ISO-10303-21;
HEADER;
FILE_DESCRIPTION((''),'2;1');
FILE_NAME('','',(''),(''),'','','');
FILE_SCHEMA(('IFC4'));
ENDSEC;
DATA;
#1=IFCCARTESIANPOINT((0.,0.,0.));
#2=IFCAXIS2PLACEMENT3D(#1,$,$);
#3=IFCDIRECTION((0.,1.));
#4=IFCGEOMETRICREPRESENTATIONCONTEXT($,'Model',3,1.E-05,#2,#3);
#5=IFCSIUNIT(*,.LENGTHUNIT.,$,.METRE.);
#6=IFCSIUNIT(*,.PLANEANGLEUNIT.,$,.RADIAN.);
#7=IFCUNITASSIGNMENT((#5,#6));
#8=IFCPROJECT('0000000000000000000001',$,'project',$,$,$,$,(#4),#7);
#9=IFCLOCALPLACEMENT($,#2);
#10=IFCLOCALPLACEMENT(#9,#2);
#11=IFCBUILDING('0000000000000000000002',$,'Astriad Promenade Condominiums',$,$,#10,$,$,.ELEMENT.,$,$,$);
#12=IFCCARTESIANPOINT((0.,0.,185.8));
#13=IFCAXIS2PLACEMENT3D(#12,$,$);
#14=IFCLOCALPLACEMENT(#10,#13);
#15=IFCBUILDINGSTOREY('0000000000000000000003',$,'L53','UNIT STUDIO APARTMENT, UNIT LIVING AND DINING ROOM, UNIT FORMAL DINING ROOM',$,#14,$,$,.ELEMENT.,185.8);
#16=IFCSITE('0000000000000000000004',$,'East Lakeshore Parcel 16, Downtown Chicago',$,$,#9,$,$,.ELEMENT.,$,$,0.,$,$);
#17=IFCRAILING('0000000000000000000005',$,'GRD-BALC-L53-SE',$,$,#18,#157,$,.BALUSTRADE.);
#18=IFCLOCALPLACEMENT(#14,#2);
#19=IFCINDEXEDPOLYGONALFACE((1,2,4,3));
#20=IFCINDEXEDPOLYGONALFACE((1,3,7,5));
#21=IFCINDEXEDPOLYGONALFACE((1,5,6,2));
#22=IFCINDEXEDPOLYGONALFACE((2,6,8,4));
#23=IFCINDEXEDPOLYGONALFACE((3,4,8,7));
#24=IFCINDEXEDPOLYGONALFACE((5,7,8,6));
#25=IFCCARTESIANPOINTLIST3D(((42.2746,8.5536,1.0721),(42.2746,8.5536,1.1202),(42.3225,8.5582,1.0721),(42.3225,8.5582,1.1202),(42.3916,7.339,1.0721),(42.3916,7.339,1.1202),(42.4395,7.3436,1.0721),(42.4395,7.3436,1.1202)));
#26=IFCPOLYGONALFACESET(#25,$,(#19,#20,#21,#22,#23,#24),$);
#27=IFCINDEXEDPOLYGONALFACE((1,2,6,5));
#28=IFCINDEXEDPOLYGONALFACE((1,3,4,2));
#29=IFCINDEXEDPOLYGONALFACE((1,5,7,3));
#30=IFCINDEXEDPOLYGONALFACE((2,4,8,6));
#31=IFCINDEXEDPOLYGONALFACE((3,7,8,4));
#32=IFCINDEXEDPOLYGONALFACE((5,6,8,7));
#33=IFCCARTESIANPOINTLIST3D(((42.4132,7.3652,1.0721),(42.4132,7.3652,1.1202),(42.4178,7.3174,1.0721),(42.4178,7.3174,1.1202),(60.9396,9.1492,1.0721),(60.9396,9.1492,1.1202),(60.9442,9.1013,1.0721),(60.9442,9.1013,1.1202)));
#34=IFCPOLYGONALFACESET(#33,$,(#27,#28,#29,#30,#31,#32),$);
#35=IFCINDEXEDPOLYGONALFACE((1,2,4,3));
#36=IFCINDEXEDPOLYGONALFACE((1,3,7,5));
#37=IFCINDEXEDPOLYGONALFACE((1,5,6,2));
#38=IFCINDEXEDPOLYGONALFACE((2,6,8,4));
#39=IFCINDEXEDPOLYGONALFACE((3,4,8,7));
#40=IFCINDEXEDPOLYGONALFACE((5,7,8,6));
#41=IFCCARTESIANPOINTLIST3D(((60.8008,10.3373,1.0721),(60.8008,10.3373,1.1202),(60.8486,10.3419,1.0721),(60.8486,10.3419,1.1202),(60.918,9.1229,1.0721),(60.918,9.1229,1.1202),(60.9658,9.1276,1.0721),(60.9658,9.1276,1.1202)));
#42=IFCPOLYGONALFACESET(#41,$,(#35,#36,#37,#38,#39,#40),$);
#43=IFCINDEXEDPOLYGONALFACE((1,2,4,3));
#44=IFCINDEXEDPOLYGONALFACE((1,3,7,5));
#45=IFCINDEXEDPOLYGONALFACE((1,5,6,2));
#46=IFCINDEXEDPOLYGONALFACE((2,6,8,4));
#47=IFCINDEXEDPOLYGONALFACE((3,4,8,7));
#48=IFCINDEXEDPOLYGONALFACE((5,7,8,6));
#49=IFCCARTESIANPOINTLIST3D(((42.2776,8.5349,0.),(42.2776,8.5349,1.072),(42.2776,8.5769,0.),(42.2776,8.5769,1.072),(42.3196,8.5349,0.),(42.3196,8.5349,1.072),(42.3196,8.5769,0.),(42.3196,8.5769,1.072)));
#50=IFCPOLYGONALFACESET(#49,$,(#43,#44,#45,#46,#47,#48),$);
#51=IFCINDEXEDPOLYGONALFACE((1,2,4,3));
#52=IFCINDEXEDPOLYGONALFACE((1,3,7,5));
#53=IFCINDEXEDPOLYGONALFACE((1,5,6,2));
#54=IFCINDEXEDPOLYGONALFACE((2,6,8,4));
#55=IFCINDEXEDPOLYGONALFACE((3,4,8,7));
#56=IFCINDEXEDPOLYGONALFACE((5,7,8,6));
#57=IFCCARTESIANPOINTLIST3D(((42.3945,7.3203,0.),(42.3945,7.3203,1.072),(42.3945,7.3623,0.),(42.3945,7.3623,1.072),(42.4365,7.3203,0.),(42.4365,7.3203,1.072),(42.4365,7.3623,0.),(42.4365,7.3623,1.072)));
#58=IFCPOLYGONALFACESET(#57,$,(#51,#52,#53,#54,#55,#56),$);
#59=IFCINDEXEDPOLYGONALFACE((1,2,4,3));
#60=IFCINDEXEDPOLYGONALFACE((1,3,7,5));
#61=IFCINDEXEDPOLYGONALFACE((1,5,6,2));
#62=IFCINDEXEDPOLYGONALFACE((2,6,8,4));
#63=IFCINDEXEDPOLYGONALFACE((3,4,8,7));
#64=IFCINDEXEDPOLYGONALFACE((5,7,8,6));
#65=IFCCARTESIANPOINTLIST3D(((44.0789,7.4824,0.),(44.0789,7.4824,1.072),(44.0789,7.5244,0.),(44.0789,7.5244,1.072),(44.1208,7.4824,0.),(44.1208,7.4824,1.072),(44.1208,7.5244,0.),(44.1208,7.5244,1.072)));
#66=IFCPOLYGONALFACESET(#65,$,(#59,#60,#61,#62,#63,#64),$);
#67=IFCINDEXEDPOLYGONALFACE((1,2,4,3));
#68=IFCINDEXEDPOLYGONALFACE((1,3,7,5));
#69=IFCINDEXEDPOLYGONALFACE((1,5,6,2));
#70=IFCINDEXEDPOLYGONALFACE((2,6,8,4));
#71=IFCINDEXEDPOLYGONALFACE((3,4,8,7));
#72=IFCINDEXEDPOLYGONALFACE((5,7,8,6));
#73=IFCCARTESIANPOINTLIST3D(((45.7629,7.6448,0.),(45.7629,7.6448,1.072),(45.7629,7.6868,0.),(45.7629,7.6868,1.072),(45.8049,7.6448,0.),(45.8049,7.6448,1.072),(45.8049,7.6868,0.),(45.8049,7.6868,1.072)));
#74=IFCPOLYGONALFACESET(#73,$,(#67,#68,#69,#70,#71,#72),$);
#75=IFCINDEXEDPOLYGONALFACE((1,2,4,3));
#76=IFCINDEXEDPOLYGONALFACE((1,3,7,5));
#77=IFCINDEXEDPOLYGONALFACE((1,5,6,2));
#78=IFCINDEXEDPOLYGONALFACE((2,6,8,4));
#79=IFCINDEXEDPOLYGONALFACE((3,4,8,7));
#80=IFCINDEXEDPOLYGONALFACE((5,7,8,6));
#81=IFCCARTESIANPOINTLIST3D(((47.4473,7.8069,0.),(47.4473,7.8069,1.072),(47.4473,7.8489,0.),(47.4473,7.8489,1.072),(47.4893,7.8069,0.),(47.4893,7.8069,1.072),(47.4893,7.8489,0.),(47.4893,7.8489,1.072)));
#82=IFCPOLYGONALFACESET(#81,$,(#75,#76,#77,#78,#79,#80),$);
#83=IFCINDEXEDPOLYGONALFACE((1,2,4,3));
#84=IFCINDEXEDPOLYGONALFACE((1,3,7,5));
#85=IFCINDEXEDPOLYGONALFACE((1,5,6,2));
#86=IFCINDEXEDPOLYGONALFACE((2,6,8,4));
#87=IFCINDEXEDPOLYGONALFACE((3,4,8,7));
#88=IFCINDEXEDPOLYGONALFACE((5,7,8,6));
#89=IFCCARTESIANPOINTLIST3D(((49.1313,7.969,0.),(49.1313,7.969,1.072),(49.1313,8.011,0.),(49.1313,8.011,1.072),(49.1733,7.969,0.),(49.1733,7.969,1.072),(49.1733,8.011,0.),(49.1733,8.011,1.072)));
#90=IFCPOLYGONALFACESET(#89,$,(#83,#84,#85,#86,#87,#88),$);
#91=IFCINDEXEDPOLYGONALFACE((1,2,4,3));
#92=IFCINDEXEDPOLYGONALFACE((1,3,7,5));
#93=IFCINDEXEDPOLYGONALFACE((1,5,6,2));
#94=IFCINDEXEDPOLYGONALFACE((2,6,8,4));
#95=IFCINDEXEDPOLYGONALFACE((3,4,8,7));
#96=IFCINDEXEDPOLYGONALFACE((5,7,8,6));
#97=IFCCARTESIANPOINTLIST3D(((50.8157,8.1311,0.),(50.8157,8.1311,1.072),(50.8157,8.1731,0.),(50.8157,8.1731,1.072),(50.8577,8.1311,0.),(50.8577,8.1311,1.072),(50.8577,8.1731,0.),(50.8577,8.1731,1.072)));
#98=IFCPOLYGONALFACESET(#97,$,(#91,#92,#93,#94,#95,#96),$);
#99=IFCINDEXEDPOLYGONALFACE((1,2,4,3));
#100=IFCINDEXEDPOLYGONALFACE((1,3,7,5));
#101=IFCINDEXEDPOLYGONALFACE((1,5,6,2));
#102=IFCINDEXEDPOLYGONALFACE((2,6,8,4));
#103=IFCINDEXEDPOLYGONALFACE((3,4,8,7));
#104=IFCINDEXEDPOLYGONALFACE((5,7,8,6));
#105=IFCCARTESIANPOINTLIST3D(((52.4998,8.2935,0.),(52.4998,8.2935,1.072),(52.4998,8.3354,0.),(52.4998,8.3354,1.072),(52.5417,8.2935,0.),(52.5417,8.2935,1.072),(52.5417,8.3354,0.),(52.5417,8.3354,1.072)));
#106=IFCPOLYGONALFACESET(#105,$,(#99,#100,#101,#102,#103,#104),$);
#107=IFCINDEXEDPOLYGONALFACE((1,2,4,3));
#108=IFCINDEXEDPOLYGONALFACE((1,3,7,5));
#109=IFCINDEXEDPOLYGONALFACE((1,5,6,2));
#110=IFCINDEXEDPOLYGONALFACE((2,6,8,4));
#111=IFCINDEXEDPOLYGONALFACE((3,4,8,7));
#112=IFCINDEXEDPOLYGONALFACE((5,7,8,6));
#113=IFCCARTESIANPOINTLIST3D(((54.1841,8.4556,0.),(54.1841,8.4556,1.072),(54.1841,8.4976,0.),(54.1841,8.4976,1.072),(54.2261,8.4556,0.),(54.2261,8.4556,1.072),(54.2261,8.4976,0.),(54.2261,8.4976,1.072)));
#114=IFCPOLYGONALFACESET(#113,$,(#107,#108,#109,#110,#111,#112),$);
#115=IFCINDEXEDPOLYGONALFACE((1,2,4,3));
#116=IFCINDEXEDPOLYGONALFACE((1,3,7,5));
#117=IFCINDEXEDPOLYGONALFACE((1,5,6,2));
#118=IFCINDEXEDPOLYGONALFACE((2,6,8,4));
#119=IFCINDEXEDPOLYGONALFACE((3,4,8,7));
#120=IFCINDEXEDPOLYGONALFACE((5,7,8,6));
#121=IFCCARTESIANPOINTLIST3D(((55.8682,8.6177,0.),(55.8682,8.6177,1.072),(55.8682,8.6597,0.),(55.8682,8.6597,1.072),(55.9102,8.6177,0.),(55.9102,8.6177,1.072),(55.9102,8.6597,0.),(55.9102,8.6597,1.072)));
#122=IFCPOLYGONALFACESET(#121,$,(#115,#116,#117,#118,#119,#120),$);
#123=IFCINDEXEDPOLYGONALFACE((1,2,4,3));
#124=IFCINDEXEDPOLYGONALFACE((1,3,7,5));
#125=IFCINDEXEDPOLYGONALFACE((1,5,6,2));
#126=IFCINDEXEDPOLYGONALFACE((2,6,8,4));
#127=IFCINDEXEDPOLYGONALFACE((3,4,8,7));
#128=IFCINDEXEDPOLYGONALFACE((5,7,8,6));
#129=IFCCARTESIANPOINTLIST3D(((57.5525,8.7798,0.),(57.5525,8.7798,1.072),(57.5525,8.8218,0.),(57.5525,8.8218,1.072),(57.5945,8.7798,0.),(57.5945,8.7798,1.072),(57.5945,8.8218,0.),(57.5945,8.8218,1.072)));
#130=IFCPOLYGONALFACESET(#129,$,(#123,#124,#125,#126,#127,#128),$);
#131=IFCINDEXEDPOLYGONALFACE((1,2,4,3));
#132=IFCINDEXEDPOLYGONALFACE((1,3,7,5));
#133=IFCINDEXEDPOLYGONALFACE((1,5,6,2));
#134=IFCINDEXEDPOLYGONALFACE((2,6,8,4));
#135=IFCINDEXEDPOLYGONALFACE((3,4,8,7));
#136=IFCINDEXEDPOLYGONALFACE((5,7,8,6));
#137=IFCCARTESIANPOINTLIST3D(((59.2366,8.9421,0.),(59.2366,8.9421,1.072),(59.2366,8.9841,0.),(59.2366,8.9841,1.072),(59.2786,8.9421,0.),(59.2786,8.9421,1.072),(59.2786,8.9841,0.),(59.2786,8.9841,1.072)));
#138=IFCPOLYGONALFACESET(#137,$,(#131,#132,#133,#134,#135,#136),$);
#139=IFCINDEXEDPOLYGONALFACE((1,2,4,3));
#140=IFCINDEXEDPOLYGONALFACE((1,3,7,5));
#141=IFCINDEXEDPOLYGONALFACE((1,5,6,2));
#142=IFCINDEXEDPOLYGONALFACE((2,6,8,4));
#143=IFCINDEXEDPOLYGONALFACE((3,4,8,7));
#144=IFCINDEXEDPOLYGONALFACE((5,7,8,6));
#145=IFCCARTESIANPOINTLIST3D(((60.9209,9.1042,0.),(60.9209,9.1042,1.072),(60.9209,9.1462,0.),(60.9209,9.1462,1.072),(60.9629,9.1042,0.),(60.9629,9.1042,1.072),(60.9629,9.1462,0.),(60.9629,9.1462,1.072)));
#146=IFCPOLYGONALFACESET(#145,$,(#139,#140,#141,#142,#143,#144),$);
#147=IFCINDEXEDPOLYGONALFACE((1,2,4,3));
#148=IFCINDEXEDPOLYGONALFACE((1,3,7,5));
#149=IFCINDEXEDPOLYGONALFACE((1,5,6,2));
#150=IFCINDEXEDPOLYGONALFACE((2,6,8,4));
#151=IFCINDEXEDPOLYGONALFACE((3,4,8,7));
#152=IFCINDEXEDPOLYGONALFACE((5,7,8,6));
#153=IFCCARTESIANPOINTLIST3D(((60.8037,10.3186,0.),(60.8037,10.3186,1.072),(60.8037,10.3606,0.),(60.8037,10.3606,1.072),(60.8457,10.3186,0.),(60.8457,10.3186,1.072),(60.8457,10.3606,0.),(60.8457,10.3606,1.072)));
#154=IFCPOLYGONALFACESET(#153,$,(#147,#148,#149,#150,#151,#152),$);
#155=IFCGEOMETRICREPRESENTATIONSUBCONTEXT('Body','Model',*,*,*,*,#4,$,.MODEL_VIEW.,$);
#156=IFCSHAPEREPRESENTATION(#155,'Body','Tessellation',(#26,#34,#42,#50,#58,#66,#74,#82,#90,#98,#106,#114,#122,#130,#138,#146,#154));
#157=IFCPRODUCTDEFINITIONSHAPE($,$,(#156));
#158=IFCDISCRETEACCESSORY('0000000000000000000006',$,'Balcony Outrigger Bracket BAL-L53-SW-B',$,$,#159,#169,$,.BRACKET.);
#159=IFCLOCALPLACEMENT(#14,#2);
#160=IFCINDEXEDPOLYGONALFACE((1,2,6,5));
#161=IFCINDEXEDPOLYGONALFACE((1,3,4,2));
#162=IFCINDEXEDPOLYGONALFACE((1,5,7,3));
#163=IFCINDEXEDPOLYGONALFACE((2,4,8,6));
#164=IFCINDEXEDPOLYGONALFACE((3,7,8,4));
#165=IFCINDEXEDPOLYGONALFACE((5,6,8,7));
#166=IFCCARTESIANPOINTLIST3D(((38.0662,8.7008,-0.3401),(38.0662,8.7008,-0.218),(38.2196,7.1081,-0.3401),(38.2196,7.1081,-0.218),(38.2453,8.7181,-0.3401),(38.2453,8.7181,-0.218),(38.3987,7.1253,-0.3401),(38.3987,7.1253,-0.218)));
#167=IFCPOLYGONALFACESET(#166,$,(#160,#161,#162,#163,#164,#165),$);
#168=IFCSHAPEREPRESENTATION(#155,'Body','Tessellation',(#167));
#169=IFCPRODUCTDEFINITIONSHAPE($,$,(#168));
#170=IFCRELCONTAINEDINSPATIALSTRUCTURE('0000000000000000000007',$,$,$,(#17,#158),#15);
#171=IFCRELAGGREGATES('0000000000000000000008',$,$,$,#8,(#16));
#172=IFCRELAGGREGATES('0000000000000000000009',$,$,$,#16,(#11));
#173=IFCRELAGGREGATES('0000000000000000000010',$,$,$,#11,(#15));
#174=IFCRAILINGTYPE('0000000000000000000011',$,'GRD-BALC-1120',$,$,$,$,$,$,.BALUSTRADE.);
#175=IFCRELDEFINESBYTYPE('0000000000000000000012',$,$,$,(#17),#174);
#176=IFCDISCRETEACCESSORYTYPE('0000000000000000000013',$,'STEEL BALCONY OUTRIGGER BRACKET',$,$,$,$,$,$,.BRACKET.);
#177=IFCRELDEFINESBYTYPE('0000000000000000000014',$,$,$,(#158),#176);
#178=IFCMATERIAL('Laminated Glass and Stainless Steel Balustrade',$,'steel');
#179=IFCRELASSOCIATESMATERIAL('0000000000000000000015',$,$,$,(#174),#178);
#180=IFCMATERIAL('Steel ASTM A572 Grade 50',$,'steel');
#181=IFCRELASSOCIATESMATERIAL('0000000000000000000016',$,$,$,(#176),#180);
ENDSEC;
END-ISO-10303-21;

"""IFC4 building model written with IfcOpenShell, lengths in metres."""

from ifc_helpers import new_model, si_unit, direction, frame, origin, origin_2d, place, context, subcontext, project, spatial, rectangle, extrude, source, transform, mapped, material, type_object, type_shapes, element, save


model = new_model("IFC4")

# Units and contexts
model_context = context("Model", 3, precision=1e-05, world=origin(), true_north=direction((0.0, 1.0)))
body_context = subcontext(model_context, "Body", "Model", "MODEL_VIEW")
ifc_project = project(units=[si_unit("LENGTHUNIT", "METRE"), si_unit("PLANEANGLEUNIT", "RADIAN")], contexts=[model_context])

# Site, building, storey
site_placement = place(None, origin())
site = spatial("IfcSite", under=ifc_project, at=site_placement, Name="East Lakeshore Parcel 16, Downtown Chicago", CompositionType="ELEMENT", RefElevation=0.0)
building_placement = place(site_placement, origin())
building = spatial("IfcBuilding", under=site, at=building_placement, Name="Astriad Promenade Condominiums", CompositionType="ELEMENT")
storey_placement = place(building_placement, frame((0.0, 0.0, 185.8)))
storey = spatial("IfcBuildingStorey", under=building, at=storey_placement, Name="L53", Description="UNIT STUDIO APARTMENT, UNIT LIVING AND DINING ROOM, UNIT FORMAL DINING ROOM", CompositionType="ELEMENT", Elevation=185.8)

# Railing
ifc_material_1 = material(Name="Laminated Glass and Stainless Steel Balustrade", Category="steel")
railing_type = type_object("IfcRailingType", Name="GRD-BALC-1120", PredefinedType="BALUSTRADE", material=ifc_material_1)
shared_shape_1 = source(origin(), body_context, "Body", "SweptSolid", [
    extrude(rectangle(XDim=0.0481, YDim=0.0481, at=origin_2d()), frame((0.0, 0.0, 1.0962), z_axis=(0.095838, -0.995397, 0.0), x_axis=(0.995397, 0.095838, 0.0)), (0.0, 0.0, 1.0), 1.2202),
    extrude(rectangle(XDim=0.0481, YDim=0.0481, at=origin_2d()), frame((0.1169, -1.2146, 1.0962), z_axis=(0.995396, 0.095848, 0.0), x_axis=(-0.095848, 0.995396, 0.0)), (0.0, 0.0, 1.0), 18.6121),
    extrude(rectangle(XDim=0.0481, YDim=0.0481, at=origin_2d()), frame((18.6433, 0.5693, 1.0962), z_axis=(-0.096056, 0.995376, 0.0), x_axis=(-0.995376, -0.096056, 0.0)), (0.0, 0.0, 1.0), 1.22),
    extrude(rectangle(XDim=0.042, YDim=0.042, at=origin_2d()), origin(), (0.0, 0.0, 1.0), 1.072),
    extrude(rectangle(XDim=0.042, YDim=0.042, at=origin_2d()), frame((0.1169, -1.2146, 0.0)), (0.0, 0.0, 1.0), 1.072),
    extrude(rectangle(XDim=0.042, YDim=0.042, at=origin_2d()), frame((1.8013, -1.0525, 0.0)), (0.0, 0.0, 1.0), 1.072),
    extrude(rectangle(XDim=0.042, YDim=0.042, at=origin_2d()), frame((3.4854, -0.8901, 0.0)), (0.0, 0.0, 1.0), 1.072),
    extrude(rectangle(XDim=0.042, YDim=0.042, at=origin_2d()), frame((5.1697, -0.728, 0.0)), (0.0, 0.0, 1.0), 1.072),
    extrude(rectangle(XDim=0.042, YDim=0.042, at=origin_2d()), frame((6.8538, -0.5659, 0.0)), (0.0, 0.0, 1.0), 1.072),
    extrude(rectangle(XDim=0.042, YDim=0.042, at=origin_2d()), frame((8.5381, -0.4038, 0.0)), (0.0, 0.0, 1.0), 1.072),
    extrude(rectangle(XDim=0.042, YDim=0.042, at=origin_2d()), frame((10.2222, -0.2415, 0.0)), (0.0, 0.0, 1.0), 1.072),
    extrude(rectangle(XDim=0.042, YDim=0.042, at=origin_2d()), frame((11.9065, -0.0793, 0.0)), (0.0, 0.0, 1.0), 1.072),
    extrude(rectangle(XDim=0.042, YDim=0.042, at=origin_2d()), frame((13.5906, 0.0828, 0.0)), (0.0, 0.0, 1.0), 1.072),
    extrude(rectangle(XDim=0.042, YDim=0.042, at=origin_2d()), frame((15.2749, 0.2449, 0.0)), (0.0, 0.0, 1.0), 1.072),
    extrude(rectangle(XDim=0.042, YDim=0.042, at=origin_2d()), frame((16.959, 0.4072, 0.0)), (0.0, 0.0, 1.0), 1.072),
    extrude(rectangle(XDim=0.042, YDim=0.042, at=origin_2d()), frame((18.6433, 0.5693, 0.0)), (0.0, 0.0, 1.0), 1.072),
    extrude(rectangle(XDim=0.042, YDim=0.042, at=origin_2d()), frame((18.5261, 1.7837, 0.0)), (0.0, 0.0, 1.0), 1.072),
])
type_shapes(railing_type, [shared_shape_1])
railing_placement = place(storey_placement, frame((42.2986, 8.5559, 0.0)))
element("IfcRailing", 1, at=railing_placement, inside=storey, type_object=railing_type, Name="GRD-BALC-L53-SE", PredefinedType="BALUSTRADE", context=body_context, shape_type="MappedRepresentation", body=[
    mapped(shared_shape_1, transform((0.0, 0.0, 0.0), scale=1.0)),
])

# Discrete accessory
ifc_material_2 = material(Name="Steel ASTM A572 Grade 50", Category="steel")
discrete_accessory_type = type_object("IfcDiscreteAccessoryType", Name="STEEL BALCONY OUTRIGGER BRACKET", PredefinedType="BRACKET", material=ifc_material_2)
shared_shape_2 = source(origin(), body_context, "Body", "SweptSolid", [
    extrude(rectangle(XDim=1.6001, YDim=0.1799, at=origin_2d()), origin(), (0.0, 0.0, 1.0), 0.1221),
])
type_shapes(discrete_accessory_type, [shared_shape_2])
discrete_accessory_placement = place(storey_placement, frame((38.2324, 7.9131, -0.3401), z_axis=(0.0, 0.0, 1.0), x_axis=(0.095846, -0.995396, 0.0)))
element("IfcDiscreteAccessory", 2, at=discrete_accessory_placement, inside=storey, type_object=discrete_accessory_type, Name="Balcony Outrigger Bracket BAL-L53-SW-B", PredefinedType="BRACKET", context=body_context, shape_type="MappedRepresentation", body=[
    mapped(shared_shape_2, transform((0.0, 0.0, 0.0), scale=1.0)),
])

save(model, "model.ifc")
